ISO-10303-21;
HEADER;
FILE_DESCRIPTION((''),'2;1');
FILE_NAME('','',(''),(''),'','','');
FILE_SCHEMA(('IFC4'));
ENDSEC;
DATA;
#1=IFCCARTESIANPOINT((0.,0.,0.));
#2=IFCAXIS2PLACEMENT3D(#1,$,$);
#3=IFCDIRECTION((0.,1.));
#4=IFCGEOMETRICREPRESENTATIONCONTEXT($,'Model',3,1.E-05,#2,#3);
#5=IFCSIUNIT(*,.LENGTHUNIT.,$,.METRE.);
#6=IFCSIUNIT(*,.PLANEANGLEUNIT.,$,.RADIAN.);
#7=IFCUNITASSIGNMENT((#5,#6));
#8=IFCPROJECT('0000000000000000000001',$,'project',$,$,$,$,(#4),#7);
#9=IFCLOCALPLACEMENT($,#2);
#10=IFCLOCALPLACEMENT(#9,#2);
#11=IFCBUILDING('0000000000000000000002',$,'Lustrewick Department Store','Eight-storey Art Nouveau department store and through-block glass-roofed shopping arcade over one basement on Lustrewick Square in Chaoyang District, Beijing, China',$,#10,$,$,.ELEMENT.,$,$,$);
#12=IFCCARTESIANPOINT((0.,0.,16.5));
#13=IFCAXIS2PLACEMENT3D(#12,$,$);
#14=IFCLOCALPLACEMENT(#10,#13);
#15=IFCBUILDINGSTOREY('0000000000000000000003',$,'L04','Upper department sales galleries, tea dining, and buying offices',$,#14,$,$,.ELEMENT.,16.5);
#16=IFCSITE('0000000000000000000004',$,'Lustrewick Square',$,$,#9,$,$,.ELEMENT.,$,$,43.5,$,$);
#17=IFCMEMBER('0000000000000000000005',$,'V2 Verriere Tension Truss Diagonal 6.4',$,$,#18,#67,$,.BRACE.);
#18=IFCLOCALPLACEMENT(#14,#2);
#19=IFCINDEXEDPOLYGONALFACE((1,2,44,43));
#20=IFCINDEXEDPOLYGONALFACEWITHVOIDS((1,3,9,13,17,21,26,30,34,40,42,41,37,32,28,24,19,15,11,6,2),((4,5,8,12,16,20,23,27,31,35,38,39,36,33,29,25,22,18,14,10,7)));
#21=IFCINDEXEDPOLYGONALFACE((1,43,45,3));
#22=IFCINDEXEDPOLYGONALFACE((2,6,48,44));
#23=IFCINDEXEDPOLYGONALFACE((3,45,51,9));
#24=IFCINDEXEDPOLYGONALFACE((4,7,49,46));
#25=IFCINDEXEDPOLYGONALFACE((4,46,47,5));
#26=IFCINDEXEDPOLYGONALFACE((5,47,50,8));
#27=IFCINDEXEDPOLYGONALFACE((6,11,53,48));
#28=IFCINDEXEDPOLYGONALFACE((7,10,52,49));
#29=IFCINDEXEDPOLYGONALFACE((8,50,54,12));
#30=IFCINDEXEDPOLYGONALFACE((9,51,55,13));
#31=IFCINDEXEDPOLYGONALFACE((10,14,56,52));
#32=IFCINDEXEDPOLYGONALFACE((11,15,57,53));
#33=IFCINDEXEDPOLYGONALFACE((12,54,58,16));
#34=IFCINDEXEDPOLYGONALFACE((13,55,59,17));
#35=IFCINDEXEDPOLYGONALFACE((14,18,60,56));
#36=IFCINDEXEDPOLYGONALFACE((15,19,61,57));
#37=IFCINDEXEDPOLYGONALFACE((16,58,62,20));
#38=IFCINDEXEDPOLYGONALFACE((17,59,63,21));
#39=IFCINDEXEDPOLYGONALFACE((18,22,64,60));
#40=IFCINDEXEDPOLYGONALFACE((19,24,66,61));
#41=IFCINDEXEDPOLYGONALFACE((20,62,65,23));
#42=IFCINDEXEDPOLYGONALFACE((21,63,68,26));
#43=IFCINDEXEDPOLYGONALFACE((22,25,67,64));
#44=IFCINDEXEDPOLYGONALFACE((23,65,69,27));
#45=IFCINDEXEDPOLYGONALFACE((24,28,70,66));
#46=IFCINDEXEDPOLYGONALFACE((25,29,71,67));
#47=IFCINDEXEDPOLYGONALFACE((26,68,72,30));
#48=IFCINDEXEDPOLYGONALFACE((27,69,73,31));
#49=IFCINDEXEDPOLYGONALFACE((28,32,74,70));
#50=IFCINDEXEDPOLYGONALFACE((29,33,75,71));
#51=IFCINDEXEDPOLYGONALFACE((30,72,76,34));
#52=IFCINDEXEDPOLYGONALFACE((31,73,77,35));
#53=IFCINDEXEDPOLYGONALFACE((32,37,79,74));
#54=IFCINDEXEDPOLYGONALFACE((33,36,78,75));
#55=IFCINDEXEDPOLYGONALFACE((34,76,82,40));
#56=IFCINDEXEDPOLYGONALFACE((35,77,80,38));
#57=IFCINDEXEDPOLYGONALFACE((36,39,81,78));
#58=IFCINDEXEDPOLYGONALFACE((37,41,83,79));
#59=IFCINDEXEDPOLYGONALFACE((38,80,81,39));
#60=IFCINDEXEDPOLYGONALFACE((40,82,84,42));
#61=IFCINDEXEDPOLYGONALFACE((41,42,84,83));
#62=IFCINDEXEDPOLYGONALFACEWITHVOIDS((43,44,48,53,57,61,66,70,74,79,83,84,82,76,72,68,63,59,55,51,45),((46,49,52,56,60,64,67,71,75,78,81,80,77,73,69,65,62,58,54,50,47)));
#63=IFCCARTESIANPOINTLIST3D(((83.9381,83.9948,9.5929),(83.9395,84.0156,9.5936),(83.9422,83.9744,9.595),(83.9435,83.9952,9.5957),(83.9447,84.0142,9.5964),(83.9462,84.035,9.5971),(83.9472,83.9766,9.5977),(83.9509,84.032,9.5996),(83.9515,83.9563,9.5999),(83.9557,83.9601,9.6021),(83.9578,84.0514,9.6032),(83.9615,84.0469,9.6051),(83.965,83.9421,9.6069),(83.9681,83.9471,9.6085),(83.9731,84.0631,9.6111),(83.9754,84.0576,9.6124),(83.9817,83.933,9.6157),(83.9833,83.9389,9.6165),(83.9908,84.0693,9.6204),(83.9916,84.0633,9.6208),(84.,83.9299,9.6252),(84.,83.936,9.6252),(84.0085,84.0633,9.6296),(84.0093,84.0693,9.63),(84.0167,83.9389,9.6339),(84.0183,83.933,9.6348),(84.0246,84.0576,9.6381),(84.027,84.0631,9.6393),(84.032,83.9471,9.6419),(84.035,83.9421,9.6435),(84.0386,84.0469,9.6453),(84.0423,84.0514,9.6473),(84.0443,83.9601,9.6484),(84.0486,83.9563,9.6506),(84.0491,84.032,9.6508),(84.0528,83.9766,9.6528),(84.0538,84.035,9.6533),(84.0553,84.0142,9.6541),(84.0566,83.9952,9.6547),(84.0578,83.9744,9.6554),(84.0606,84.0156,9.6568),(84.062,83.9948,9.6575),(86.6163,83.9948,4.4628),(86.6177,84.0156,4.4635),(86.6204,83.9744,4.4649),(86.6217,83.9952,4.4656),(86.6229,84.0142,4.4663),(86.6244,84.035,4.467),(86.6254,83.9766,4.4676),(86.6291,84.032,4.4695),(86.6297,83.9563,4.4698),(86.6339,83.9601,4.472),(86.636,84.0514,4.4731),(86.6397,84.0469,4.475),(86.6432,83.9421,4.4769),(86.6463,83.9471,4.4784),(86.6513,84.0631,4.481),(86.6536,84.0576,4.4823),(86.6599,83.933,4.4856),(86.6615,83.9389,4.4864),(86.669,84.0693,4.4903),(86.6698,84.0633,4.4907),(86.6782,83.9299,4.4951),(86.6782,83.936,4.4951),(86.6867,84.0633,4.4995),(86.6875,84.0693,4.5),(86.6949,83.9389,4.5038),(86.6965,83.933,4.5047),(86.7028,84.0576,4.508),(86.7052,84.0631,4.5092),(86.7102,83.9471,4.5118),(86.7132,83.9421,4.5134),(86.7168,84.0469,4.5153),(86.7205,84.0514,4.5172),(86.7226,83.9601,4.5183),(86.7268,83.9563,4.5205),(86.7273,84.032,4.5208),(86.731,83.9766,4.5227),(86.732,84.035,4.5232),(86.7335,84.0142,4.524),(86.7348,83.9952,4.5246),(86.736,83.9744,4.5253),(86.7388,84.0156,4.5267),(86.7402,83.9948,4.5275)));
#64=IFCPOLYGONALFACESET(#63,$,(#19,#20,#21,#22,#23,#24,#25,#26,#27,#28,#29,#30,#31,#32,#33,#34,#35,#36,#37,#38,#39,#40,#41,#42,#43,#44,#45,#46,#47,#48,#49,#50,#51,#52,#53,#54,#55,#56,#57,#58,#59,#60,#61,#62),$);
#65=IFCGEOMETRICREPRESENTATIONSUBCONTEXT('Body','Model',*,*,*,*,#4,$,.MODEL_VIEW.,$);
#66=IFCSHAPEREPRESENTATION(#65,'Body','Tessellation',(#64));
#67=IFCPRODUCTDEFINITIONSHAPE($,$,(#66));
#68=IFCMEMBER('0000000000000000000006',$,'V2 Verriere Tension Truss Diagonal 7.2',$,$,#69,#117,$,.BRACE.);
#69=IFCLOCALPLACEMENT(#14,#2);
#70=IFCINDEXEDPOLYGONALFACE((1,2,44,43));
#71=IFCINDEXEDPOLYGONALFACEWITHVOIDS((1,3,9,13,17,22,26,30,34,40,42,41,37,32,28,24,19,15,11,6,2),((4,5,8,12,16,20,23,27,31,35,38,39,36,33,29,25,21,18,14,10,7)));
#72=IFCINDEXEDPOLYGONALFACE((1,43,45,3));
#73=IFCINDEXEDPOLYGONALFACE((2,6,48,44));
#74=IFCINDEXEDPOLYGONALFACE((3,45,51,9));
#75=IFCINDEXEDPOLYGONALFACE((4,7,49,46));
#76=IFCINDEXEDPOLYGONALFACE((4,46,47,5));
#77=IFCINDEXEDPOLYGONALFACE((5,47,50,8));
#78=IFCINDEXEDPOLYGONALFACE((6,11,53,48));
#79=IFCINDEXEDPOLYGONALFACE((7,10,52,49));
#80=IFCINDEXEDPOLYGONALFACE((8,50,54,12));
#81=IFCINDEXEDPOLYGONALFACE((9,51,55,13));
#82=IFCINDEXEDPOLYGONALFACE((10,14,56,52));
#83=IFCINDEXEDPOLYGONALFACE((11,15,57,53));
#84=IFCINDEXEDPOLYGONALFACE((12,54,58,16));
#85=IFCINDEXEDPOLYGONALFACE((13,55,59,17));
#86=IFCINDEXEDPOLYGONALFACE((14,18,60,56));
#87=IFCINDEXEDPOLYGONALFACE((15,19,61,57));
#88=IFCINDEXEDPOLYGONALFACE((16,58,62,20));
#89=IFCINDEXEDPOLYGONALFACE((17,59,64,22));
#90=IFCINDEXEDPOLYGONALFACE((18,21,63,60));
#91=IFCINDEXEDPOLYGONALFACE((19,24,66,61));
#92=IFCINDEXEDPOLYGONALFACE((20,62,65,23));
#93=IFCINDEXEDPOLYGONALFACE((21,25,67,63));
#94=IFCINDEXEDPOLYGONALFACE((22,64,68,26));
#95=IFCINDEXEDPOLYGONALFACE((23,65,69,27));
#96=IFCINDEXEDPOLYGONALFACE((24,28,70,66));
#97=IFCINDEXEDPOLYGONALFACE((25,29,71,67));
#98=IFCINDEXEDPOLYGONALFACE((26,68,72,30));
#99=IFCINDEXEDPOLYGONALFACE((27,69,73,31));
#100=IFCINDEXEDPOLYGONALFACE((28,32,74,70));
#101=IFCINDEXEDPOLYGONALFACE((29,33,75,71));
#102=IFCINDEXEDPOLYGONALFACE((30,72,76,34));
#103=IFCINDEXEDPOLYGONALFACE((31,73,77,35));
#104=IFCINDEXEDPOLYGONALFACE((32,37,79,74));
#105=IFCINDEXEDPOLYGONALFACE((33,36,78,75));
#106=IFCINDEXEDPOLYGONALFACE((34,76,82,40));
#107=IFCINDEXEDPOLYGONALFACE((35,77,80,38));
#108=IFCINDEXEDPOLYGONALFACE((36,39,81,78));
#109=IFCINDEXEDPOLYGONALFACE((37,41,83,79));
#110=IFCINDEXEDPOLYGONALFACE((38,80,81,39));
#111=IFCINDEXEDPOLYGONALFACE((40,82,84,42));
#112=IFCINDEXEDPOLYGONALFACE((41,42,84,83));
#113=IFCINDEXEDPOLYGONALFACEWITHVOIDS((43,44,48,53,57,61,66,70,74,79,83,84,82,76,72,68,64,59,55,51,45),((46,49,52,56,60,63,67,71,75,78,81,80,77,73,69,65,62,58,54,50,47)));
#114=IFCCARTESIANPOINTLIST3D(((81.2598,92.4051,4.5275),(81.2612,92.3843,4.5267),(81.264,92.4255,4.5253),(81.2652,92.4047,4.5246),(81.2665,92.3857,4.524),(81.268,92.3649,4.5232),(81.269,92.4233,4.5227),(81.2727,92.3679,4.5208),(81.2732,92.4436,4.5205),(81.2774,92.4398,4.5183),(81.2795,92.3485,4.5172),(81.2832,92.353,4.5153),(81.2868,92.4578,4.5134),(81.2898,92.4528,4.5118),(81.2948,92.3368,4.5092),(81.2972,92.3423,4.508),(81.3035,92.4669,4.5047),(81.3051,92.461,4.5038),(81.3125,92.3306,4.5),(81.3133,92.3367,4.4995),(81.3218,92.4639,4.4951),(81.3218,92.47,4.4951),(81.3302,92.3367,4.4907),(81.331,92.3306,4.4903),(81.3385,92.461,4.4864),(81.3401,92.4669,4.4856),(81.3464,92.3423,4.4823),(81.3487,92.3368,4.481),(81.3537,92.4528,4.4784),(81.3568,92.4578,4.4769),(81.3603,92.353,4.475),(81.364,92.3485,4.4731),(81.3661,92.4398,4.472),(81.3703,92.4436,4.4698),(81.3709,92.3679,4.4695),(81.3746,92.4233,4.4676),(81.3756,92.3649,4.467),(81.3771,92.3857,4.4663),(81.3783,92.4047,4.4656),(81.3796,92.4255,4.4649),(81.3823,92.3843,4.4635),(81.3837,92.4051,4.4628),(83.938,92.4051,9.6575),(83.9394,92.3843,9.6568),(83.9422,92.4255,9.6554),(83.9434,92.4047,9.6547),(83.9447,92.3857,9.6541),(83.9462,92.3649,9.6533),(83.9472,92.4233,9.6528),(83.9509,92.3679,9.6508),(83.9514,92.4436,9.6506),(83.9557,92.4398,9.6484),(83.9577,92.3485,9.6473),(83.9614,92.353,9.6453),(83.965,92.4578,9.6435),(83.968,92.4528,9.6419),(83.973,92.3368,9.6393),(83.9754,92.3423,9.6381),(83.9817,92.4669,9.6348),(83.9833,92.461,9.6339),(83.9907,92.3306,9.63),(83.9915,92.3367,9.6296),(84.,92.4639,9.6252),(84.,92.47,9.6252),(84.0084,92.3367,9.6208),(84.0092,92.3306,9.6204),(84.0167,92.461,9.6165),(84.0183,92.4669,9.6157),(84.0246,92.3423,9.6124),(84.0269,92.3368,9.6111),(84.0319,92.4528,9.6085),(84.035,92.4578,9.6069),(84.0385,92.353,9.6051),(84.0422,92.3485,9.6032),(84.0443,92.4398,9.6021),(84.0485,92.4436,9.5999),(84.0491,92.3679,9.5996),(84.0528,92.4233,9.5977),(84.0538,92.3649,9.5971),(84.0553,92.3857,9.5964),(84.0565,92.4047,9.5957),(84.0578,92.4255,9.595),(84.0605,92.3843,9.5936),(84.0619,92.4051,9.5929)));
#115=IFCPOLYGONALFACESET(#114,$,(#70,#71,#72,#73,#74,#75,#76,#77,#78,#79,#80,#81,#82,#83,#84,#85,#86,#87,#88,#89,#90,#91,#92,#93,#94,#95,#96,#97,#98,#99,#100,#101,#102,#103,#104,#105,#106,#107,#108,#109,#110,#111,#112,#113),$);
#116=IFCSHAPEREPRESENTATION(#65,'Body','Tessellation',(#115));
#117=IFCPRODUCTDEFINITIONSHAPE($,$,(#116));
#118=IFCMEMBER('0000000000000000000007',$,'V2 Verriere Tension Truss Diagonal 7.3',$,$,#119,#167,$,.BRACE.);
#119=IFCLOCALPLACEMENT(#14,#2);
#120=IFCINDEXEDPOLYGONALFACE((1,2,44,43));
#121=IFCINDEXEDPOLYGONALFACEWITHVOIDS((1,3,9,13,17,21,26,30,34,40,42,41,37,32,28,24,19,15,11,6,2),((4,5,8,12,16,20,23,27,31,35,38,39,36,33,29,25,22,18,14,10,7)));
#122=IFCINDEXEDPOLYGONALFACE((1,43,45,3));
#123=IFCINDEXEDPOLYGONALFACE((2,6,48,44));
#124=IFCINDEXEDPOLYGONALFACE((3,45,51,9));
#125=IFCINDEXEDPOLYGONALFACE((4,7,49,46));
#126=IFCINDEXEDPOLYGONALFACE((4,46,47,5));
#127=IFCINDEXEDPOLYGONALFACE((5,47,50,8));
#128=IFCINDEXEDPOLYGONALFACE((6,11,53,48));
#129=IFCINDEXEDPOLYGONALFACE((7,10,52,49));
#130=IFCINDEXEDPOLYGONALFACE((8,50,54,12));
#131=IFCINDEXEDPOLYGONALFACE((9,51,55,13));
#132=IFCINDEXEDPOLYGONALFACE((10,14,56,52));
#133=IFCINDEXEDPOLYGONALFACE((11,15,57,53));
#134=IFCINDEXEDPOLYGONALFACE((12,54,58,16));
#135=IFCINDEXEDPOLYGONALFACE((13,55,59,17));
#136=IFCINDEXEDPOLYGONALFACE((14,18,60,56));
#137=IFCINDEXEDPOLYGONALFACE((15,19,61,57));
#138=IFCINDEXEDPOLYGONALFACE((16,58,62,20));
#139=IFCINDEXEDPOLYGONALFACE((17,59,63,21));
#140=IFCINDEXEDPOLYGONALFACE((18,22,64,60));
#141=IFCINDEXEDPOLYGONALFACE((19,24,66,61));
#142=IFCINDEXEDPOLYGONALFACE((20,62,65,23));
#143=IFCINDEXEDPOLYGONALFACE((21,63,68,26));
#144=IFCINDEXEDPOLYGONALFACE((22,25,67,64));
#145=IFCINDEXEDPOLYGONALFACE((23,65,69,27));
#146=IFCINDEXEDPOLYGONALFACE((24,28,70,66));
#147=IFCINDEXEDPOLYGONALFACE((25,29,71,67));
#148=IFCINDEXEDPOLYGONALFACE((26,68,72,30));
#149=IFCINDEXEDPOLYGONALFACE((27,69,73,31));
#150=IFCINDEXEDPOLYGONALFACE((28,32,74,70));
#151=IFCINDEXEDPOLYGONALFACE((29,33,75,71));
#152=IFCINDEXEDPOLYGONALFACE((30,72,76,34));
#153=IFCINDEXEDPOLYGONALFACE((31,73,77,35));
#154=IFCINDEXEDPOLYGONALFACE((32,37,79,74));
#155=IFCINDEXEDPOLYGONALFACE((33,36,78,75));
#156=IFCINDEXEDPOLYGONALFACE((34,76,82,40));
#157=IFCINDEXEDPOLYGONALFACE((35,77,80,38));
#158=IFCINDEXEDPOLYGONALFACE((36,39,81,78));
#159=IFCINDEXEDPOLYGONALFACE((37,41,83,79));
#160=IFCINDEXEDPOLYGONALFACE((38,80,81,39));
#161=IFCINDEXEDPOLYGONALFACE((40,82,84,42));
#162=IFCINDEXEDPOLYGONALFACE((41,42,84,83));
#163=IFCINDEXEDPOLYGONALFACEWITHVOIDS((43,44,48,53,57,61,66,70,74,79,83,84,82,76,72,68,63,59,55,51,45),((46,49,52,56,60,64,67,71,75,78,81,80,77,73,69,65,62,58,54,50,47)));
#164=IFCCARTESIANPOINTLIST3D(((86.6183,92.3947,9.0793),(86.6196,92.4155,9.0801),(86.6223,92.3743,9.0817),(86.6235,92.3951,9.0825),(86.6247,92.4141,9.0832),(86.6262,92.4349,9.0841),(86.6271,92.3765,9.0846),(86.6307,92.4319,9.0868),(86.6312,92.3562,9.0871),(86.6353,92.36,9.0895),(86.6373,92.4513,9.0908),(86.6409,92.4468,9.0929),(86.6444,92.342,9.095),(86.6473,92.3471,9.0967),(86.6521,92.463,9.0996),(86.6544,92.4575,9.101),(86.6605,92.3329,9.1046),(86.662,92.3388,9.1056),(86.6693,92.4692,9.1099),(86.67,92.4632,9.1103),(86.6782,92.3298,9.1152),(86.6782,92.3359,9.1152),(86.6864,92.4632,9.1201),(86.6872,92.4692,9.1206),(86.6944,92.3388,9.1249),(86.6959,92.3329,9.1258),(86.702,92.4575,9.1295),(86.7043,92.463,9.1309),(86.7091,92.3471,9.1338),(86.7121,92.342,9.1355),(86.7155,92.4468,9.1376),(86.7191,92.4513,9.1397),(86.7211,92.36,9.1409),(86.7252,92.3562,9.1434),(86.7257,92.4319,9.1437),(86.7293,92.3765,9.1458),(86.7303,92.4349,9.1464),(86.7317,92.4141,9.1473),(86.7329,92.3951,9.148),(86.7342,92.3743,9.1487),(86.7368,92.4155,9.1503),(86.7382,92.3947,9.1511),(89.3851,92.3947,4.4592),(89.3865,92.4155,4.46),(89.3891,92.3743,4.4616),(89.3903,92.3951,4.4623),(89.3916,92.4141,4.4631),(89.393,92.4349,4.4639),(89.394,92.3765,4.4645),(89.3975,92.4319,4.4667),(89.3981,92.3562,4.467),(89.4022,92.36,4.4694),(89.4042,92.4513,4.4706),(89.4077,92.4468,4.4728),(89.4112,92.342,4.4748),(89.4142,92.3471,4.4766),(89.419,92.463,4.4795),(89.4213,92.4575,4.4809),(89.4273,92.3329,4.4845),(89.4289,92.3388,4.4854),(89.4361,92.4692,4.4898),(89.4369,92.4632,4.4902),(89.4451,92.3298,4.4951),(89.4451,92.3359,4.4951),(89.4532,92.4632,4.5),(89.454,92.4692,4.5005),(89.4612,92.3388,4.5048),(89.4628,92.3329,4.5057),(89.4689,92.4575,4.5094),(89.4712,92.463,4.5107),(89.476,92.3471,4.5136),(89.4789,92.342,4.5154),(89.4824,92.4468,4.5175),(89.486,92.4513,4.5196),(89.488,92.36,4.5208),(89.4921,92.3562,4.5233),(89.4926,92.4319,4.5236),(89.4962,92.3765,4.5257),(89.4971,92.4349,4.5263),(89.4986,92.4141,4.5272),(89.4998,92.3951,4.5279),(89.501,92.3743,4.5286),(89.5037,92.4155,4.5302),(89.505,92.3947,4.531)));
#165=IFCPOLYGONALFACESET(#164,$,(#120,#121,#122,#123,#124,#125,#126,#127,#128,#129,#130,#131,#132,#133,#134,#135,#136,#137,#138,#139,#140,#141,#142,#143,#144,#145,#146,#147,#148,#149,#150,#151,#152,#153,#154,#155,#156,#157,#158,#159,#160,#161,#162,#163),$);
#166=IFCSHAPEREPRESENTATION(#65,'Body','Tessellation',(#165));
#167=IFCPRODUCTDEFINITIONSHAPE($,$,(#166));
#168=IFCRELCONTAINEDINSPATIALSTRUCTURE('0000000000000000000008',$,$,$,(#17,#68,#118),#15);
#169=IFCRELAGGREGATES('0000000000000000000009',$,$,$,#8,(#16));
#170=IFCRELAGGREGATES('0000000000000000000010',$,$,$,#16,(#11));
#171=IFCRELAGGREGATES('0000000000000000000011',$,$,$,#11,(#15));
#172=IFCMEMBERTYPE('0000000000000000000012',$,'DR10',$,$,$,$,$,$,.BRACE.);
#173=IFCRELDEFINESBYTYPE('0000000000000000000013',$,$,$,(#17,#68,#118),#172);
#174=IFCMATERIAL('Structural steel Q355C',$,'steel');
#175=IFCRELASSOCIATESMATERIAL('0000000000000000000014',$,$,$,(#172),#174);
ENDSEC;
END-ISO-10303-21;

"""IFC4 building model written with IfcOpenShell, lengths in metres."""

from ifc_helpers import new_model, si_unit, direction, frame, origin, origin_2d, place, context, subcontext, project, spatial, hollow_circle, extrude, material, material_profile, profile_set, type_object, element, save


model = new_model("IFC4")

# Units and contexts
model_context = context("Model", 3, precision=1e-05, world=origin(), true_north=direction((0.0, 1.0)))
body_context = subcontext(model_context, "Body", "Model", "MODEL_VIEW")
ifc_project = project(units=[si_unit("LENGTHUNIT", "METRE"), si_unit("PLANEANGLEUNIT", "RADIAN")], contexts=[model_context])

# Site, building, storey
site_placement = place(None, origin())
site = spatial("IfcSite", under=ifc_project, at=site_placement, Name="Lustrewick Square", CompositionType="ELEMENT", RefElevation=43.5)
building_placement = place(site_placement, origin())
building = spatial("IfcBuilding", under=site, at=building_placement, Name="Lustrewick Department Store", Description="Eight-storey Art Nouveau department store and through-block glass-roofed shopping arcade over one basement on Lustrewick Square in Chaoyang District, Beijing, China", CompositionType="ELEMENT")
storey_placement = place(building_placement, frame((0.0, 0.0, 16.5)))
storey = spatial("IfcBuildingStorey", under=building, at=storey_placement, Name="L04", Description="Upper department sales galleries, tea dining, and buying offices", CompositionType="ELEMENT", Elevation=16.5)

# Members
ifc_material_1 = material(Name="Structural steel Q355C", Category="steel")
ifc_material_profile_1 = material_profile(ifc_material_1, hollow_circle(Radius=0.0701, WallThickness=0.0061, at=origin_2d()), Name="CHS 140x6")
ifc_profile_set_1 = profile_set([ifc_material_profile_1], Name="Structural steel Q355C")
member_type_1 = type_object("IfcMemberType", Name="DR10", PredefinedType="BRACE", material=ifc_profile_set_1)
for number, where, z_axis, x_axis, name in (
    (1, (86.6782, 84.0, 4.4951), (-0.462788, 0.0, 0.886469), (0.0, -1.0, 0.0), "V2 Verriere Tension Truss Diagonal 6.4"),
    (2, (81.3218, 92.3999, 4.4951), (0.462788, 0.0, 0.886469), (0.0, 1.0, 0.0), "V2 Verriere Tension Truss Diagonal 7.2"),
):
    element("IfcMember", number, at=place(storey_placement, frame(where, z_axis=z_axis, x_axis=x_axis)), inside=storey, type_object=member_type_1, Name=name, PredefinedType="BRACE", context=body_context, shape_type="SweptSolid", body=[
        extrude(hollow_circle(Radius=0.0701, WallThickness=0.0061, at=origin_2d()), origin(), (0.0, 0.0, 1.0), 5.7871),
    ])
member_1_placement = place(storey_placement, frame((89.4451, 92.3999, 4.4951), z_axis=(-0.513782, 0.0, 0.857921), x_axis=(0.0, -1.0, 0.0)))
element("IfcMember", 3, at=member_1_placement, inside=storey, type_object=member_type_1, Name="V2 Verriere Tension Truss Diagonal 7.3", PredefinedType="BRACE", context=body_context, shape_type="SweptSolid", body=[
    extrude(hollow_circle(Radius=0.0701, WallThickness=0.0061, at=origin_2d()), origin(), (0.0, 0.0, 1.0), 5.3853),
])

save(model, "model.ifc")
